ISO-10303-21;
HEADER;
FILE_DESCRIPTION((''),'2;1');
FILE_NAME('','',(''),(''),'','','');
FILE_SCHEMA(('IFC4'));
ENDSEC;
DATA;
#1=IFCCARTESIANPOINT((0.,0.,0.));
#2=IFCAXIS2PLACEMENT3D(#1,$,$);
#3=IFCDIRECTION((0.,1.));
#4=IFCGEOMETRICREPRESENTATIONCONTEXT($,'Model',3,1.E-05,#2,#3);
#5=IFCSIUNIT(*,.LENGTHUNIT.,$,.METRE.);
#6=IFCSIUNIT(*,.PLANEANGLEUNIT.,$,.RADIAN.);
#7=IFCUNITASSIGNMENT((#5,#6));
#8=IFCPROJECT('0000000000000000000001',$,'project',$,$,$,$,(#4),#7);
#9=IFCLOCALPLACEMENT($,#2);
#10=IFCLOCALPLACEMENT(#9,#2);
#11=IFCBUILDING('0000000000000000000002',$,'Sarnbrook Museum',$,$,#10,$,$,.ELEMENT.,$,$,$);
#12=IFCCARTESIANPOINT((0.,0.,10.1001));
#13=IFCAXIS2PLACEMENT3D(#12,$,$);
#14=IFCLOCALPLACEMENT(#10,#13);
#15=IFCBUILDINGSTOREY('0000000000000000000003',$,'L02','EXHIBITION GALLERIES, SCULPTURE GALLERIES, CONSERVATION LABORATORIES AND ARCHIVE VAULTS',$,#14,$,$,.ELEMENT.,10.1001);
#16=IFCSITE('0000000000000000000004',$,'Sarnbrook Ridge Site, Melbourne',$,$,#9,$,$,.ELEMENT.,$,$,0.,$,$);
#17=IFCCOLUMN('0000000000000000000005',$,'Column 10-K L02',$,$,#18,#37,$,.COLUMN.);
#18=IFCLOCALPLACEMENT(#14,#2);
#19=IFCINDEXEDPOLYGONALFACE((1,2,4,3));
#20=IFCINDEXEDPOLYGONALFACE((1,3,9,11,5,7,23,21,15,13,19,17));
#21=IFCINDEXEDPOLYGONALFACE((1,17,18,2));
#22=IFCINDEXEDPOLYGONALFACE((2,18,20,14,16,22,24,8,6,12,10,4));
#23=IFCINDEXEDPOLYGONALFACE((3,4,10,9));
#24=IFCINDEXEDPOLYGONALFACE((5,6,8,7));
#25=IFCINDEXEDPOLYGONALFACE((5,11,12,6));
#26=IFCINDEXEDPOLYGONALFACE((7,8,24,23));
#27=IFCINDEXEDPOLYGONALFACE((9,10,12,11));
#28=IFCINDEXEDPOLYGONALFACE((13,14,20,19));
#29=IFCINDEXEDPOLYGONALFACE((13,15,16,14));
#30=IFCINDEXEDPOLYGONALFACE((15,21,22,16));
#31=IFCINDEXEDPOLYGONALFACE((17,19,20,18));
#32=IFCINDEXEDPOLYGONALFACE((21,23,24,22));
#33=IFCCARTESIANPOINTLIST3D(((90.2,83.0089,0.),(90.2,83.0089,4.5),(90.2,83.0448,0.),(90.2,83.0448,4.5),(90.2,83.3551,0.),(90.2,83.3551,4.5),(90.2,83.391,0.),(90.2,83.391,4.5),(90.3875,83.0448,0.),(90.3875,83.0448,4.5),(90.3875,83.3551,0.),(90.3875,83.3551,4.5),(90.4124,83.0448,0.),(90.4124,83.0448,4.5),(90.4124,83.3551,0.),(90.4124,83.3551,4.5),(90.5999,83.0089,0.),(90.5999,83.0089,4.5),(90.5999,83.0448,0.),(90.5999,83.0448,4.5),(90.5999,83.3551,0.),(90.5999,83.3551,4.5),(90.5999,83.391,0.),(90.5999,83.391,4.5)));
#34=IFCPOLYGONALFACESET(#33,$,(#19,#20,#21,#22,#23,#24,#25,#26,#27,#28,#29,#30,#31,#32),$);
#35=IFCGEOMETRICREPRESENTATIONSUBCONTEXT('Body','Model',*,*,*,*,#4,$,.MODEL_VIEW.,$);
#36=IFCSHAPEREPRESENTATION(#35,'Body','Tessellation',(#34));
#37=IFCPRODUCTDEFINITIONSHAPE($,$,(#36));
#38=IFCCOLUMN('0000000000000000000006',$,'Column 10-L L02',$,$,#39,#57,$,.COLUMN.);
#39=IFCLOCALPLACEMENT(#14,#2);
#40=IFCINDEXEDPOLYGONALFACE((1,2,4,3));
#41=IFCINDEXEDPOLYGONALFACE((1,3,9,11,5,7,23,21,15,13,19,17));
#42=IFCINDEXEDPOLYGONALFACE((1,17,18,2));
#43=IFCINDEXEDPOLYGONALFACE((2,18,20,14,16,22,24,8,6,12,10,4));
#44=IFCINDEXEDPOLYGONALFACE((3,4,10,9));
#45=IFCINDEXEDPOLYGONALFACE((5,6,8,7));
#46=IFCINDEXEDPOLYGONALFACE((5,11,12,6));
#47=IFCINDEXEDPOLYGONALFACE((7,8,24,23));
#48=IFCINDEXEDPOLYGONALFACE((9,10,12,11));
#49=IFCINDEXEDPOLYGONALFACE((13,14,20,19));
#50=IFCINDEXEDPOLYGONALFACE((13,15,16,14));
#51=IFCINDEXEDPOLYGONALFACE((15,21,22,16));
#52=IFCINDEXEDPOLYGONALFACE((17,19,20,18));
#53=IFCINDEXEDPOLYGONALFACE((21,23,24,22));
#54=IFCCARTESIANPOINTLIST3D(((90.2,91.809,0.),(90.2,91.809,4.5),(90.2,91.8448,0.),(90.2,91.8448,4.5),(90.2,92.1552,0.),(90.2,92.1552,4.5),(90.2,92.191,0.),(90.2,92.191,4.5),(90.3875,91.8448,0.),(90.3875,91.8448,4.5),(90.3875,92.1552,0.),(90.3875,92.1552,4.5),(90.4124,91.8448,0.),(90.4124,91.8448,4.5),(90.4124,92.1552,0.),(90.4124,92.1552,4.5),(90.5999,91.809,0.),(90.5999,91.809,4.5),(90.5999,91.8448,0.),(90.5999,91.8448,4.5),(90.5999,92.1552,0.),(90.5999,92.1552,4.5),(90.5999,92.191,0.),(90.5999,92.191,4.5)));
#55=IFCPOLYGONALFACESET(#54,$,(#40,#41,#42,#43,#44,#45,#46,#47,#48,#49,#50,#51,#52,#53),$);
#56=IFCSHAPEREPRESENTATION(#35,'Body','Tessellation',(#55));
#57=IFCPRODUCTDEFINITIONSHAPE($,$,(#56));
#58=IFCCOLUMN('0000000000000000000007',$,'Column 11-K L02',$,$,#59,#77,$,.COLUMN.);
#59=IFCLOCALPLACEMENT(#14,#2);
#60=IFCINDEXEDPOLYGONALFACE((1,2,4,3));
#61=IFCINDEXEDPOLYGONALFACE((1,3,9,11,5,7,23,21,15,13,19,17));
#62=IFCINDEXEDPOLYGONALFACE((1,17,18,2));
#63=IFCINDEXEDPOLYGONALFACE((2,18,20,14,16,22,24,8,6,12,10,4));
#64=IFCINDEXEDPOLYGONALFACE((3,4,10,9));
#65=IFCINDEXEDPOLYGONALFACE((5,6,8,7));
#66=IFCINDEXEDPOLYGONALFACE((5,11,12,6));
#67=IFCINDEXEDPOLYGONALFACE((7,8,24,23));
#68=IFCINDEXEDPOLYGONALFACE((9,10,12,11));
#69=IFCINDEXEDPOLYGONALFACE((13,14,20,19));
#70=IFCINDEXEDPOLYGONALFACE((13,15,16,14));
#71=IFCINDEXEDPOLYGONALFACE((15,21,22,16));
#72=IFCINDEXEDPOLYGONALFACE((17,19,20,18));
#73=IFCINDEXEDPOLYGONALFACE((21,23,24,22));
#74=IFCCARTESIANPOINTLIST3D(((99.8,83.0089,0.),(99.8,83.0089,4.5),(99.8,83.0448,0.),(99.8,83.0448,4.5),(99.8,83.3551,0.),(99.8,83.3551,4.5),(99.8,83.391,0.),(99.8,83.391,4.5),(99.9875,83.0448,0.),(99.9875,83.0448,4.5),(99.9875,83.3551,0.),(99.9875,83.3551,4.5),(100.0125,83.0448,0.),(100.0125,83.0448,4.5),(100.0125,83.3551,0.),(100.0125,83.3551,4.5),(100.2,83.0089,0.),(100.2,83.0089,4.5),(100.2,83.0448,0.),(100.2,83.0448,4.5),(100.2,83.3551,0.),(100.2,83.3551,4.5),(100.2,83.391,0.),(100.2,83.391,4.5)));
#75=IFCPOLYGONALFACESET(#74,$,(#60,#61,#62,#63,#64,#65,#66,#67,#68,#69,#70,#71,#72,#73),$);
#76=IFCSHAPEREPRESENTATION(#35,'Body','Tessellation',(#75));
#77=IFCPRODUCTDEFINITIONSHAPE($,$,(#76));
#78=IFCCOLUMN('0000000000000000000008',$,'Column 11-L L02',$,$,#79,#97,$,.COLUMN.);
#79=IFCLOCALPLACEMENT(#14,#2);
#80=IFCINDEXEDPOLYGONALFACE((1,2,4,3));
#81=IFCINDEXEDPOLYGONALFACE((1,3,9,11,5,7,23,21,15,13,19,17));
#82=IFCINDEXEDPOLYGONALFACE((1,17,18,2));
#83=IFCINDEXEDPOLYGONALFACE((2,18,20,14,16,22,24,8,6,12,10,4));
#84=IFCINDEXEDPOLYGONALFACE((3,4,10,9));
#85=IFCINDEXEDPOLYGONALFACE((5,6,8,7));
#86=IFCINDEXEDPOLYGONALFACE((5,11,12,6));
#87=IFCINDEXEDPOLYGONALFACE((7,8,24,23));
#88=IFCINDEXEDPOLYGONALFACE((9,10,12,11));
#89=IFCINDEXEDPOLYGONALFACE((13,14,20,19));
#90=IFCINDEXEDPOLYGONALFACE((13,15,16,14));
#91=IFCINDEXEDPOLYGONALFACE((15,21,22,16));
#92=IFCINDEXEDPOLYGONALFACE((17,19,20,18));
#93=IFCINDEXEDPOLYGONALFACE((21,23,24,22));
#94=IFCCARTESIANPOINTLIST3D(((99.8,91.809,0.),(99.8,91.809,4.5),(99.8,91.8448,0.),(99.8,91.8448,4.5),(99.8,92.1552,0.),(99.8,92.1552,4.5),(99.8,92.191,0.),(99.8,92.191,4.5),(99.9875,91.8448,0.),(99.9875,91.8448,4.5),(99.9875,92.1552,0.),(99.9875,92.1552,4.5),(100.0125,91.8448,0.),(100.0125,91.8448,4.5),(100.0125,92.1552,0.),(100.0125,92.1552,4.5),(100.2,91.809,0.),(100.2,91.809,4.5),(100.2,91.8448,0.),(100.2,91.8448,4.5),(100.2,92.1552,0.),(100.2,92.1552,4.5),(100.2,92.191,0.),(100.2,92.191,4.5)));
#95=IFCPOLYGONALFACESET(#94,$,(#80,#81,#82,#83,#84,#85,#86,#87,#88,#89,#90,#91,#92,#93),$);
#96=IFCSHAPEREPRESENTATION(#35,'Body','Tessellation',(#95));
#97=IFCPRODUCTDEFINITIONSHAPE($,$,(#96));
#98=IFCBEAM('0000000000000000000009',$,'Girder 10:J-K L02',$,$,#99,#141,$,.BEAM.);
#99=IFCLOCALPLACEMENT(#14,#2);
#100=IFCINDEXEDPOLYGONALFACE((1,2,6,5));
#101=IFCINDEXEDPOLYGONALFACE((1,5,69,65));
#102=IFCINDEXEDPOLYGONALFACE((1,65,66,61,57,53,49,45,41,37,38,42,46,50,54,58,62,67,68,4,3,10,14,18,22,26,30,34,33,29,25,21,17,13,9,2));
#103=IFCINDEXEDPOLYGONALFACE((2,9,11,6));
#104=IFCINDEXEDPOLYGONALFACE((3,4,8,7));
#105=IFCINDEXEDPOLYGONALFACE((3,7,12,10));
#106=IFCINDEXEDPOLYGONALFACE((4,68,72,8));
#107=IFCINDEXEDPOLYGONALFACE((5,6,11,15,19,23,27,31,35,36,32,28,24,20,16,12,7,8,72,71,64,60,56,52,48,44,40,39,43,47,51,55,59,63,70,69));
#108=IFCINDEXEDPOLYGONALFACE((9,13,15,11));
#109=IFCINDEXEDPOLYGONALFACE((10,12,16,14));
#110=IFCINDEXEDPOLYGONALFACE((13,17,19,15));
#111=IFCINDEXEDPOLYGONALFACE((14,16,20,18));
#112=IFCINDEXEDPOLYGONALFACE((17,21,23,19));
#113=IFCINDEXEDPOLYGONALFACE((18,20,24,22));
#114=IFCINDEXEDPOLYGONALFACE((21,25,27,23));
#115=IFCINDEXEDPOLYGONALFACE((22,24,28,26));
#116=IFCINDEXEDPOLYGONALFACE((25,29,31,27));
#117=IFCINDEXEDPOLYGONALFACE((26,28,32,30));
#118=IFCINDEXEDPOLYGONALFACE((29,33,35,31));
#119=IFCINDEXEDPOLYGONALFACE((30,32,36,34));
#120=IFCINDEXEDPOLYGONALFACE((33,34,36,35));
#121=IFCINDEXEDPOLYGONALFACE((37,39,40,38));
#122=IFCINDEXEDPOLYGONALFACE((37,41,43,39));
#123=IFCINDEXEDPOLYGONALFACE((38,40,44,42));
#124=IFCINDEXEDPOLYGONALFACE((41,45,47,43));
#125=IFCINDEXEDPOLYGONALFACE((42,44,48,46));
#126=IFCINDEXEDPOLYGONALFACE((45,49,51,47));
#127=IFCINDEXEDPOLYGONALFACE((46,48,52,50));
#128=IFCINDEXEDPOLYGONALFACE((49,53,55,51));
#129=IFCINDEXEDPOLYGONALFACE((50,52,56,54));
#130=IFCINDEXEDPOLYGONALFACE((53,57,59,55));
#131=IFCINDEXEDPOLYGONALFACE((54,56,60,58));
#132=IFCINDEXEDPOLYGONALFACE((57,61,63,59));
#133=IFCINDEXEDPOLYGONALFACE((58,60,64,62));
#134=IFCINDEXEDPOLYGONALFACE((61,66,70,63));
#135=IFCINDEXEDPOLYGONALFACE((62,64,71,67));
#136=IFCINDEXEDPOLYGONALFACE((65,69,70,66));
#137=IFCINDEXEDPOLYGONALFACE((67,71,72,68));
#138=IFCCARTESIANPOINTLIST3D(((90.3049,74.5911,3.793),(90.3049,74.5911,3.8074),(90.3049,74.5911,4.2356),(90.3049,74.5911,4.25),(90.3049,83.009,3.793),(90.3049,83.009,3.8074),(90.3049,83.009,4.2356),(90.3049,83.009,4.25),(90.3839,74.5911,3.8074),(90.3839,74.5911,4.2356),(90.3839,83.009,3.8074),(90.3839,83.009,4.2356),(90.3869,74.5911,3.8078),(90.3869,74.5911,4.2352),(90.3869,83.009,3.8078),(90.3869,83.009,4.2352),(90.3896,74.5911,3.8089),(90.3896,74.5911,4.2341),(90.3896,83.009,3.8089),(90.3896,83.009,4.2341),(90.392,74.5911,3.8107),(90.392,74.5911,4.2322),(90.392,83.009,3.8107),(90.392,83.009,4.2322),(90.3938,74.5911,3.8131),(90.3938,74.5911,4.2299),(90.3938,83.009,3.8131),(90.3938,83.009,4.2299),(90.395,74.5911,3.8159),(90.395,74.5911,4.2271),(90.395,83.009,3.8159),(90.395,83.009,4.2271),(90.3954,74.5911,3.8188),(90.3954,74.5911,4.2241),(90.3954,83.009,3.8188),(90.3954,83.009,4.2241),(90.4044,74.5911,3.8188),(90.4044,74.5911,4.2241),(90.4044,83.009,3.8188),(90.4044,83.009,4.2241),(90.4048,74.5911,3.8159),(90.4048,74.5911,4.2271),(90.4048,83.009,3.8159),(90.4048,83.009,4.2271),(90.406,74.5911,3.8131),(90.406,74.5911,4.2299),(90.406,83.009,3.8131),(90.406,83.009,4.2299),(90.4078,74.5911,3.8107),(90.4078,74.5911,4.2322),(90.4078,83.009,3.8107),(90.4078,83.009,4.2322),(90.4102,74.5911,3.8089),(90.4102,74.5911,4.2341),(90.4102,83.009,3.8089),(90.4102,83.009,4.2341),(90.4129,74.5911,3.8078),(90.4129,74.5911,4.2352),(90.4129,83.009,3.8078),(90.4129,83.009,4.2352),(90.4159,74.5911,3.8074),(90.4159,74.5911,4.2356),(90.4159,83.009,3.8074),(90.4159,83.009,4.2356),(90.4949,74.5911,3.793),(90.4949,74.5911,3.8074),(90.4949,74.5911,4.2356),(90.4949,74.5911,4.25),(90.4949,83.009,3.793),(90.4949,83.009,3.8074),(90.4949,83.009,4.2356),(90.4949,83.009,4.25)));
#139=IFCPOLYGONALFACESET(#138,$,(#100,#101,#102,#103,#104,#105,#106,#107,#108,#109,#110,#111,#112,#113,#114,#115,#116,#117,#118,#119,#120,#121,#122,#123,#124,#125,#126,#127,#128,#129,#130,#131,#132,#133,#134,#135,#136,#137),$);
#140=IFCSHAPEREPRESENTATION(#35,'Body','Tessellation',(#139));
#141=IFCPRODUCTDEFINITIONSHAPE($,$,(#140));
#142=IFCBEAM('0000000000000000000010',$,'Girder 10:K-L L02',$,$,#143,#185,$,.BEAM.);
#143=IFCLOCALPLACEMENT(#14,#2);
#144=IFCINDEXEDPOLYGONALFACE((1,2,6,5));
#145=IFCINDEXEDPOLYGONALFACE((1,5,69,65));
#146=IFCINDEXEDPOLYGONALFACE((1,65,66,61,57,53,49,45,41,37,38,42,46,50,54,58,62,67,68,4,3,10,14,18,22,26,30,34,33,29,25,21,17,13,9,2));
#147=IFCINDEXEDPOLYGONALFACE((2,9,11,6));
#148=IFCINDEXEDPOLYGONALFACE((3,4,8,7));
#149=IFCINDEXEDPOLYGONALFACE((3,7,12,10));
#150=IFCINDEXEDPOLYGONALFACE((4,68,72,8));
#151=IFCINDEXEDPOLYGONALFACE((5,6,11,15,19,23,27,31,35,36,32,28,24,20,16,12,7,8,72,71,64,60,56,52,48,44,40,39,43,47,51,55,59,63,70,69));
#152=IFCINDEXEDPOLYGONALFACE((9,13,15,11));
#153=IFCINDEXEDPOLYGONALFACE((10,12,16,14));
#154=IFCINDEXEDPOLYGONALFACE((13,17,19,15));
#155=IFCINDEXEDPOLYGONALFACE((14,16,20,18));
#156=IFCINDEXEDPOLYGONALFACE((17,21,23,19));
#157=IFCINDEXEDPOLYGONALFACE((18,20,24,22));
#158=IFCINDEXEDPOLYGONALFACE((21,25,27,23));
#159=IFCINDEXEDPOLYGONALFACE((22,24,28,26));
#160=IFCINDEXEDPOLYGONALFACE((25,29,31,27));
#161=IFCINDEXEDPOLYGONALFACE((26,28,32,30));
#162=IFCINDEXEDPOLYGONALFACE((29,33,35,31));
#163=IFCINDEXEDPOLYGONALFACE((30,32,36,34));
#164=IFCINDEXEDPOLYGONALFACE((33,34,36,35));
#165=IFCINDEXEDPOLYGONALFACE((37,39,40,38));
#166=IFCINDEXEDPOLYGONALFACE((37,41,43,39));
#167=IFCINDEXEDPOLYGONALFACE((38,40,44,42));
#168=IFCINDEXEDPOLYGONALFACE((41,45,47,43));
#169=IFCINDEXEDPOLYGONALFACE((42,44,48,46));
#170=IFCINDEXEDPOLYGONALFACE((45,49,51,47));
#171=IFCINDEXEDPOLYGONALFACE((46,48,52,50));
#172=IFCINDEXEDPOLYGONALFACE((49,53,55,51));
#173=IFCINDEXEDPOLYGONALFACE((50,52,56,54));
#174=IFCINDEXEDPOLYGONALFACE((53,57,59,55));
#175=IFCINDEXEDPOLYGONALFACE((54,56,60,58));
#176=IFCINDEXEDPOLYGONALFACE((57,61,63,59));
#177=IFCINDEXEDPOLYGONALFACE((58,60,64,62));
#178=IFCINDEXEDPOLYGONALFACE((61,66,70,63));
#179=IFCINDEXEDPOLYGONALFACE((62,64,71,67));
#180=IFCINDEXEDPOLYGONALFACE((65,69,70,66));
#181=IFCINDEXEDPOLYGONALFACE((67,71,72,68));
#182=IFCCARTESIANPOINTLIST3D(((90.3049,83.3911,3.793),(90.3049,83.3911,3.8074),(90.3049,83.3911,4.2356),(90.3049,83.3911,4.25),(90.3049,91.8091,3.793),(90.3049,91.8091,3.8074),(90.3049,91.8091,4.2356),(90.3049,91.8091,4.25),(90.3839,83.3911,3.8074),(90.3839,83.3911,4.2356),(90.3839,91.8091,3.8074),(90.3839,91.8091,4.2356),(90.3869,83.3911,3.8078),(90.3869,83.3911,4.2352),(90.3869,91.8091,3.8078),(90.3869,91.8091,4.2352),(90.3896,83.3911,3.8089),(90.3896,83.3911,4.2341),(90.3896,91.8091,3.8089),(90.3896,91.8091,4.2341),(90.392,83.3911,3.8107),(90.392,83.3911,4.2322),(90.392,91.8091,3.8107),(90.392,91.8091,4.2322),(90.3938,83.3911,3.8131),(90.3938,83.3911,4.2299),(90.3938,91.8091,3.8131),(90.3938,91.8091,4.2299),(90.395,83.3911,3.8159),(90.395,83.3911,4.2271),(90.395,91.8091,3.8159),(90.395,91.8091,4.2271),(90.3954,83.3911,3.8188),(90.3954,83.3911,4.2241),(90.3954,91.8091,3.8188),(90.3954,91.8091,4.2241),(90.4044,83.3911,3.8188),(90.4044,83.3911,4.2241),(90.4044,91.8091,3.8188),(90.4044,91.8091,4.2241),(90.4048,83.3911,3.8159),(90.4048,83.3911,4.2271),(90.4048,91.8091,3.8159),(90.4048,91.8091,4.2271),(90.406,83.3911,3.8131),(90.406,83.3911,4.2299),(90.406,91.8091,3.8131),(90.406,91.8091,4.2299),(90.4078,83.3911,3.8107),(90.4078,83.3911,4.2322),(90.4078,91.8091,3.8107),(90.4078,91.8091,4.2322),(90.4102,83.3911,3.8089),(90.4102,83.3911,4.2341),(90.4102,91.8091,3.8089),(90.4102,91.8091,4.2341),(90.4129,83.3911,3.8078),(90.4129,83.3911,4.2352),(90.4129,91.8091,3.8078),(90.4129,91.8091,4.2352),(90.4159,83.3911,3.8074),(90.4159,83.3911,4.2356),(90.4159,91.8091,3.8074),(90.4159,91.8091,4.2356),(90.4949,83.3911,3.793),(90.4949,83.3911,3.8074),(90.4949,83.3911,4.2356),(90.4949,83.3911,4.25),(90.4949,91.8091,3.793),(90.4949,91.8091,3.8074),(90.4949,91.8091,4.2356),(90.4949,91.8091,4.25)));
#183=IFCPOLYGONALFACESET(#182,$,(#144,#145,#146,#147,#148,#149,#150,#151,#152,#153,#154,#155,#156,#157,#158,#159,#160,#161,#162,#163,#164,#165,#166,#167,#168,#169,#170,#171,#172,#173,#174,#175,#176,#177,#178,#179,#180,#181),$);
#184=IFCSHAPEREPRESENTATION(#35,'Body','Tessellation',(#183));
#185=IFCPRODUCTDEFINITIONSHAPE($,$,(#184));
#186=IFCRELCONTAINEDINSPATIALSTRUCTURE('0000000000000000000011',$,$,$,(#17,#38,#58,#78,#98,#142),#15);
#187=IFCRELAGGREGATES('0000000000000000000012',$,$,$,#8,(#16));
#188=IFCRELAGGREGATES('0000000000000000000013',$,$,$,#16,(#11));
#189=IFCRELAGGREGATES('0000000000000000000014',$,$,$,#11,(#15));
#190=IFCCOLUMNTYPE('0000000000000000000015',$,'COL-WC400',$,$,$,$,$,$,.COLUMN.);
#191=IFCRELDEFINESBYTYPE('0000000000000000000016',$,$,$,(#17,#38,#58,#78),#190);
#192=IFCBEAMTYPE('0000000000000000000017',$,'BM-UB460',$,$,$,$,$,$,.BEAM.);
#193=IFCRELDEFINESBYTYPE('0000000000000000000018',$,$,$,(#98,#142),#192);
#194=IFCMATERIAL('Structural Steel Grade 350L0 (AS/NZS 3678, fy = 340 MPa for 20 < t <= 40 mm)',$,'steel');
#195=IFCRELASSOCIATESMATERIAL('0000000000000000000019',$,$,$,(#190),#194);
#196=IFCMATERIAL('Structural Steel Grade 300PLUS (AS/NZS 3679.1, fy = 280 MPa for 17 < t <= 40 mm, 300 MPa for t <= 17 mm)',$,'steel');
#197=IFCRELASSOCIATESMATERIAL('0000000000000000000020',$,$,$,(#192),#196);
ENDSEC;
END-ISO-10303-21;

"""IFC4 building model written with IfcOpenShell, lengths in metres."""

from ifc_helpers import new_model, si_unit, direction, frame, origin, origin_2d, place, context, subcontext, project, spatial, i_section, extrude, material, material_profile, profile_set, type_object, element, save


model = new_model("IFC4")

# Units and contexts
model_context = context("Model", 3, precision=1e-05, world=origin(), true_north=direction((0.0, 1.0)))
body_context = subcontext(model_context, "Body", "Model", "MODEL_VIEW")
ifc_project = project(units=[si_unit("LENGTHUNIT", "METRE"), si_unit("PLANEANGLEUNIT", "RADIAN")], contexts=[model_context])

# Site, building, storey
site_placement = place(None, origin())
site = spatial("IfcSite", under=ifc_project, at=site_placement, Name="Sarnbrook Ridge Site, Melbourne", CompositionType="ELEMENT", RefElevation=0.0)
building_placement = place(site_placement, origin())
building = spatial("IfcBuilding", under=site, at=building_placement, Name="Sarnbrook Museum", CompositionType="ELEMENT")
storey_placement = place(building_placement, frame((0.0, 0.0, 10.1001)))
storey = spatial("IfcBuildingStorey", under=building, at=storey_placement, Name="L02", Description="EXHIBITION GALLERIES, SCULPTURE GALLERIES, CONSERVATION LABORATORIES AND ARCHIVE VAULTS", CompositionType="ELEMENT", Elevation=10.1001)

# Columns
ifc_material_1 = material(Name="Structural Steel Grade 350L0 (AS/NZS 3678, fy = 340 MPa for 20 < t <= 40 mm)", Category="steel")
ifc_material_profile_1 = material_profile(ifc_material_1, i_section(OverallWidth=0.3999, OverallDepth=0.3821, WebThickness=0.0249, FlangeThickness=0.0359, at=origin_2d()), Name="400WC270")
ifc_profile_set_1 = profile_set([ifc_material_profile_1], Name="Structural Steel Grade 350L0 (AS/NZS 3678, fy = 340 MPa for 20 < t <= 40 mm)")
column_type = type_object("IfcColumnType", Name="COL-WC400", PredefinedType="COLUMN", material=ifc_profile_set_1)
for number, where, z_axis, x_axis, name in (
    (1, (90.3999, 83.2, 0.0), (0.0, 0.0, 1.0), (1.0, 0.0, 0.0), "Column 10-K L02"),
    (2, (90.3999, 92.0, 0.0), (0.0, 0.0, 1.0), (1.0, 0.0, 0.0), "Column 10-L L02"),
    (3, (100.0, 83.2, 0.0), (0.0, 0.0, 1.0), (1.0, 0.0, 0.0), "Column 11-K L02"),
    (4, (100.0, 92.0, 0.0), (0.0, 0.0, 1.0), (1.0, 0.0, 0.0), "Column 11-L L02"),
):
    element("IfcColumn", number, at=place(storey_placement, frame(where, z_axis=z_axis, x_axis=x_axis)), inside=storey, type_object=column_type, Name=name, PredefinedType="COLUMN", context=body_context, shape_type="SweptSolid", body=[
        extrude(i_section(OverallWidth=0.3999, OverallDepth=0.3821, WebThickness=0.0249, FlangeThickness=0.0359, at=origin_2d()), origin(), (0.0, 0.0, 1.0), 4.5),
    ])

# Beams
ifc_material_2 = material(Name="Structural Steel Grade 300PLUS (AS/NZS 3679.1, fy = 280 MPa for 17 < t <= 40 mm, 300 MPa for t <= 17 mm)", Category="steel")
ifc_material_profile_2 = material_profile(ifc_material_2, i_section(OverallWidth=0.1899, OverallDepth=0.457, WebThickness=0.009, FlangeThickness=0.0144, FilletRadius=0.0115, at=origin_2d()), Name="460UB74.6")
ifc_profile_set_2 = profile_set([ifc_material_profile_2], Name="Structural Steel Grade 300PLUS (AS/NZS 3679.1, fy = 280 MPa for 17 < t <= 40 mm, 300 MPa for t <= 17 mm)")
beam_type_1 = type_object("IfcBeamType", Name="BM-UB460", PredefinedType="BEAM", material=ifc_profile_set_2)
for number, where, z_axis, x_axis, name in (
    (5, (90.3999, 74.5911, 4.0215), (0.0, 1.0, 0.0), (-1.0, 0.0, 0.0), "Girder 10:J-K L02"),
    (6, (90.3999, 83.3911, 4.0215), (0.0, 1.0, 0.0), (-1.0, 0.0, 0.0), "Girder 10:K-L L02"),
):
    element("IfcBeam", number, at=place(storey_placement, frame(where, z_axis=z_axis, x_axis=x_axis)), inside=storey, type_object=beam_type_1, Name=name, PredefinedType="BEAM", context=body_context, shape_type="SweptSolid", body=[
        extrude(i_section(OverallWidth=0.1899, OverallDepth=0.457, WebThickness=0.009, FlangeThickness=0.0144, FilletRadius=0.0115, at=origin_2d()), origin(), (0.0, 0.0, 1.0), 8.418),
    ])

save(model, "model.ifc")
